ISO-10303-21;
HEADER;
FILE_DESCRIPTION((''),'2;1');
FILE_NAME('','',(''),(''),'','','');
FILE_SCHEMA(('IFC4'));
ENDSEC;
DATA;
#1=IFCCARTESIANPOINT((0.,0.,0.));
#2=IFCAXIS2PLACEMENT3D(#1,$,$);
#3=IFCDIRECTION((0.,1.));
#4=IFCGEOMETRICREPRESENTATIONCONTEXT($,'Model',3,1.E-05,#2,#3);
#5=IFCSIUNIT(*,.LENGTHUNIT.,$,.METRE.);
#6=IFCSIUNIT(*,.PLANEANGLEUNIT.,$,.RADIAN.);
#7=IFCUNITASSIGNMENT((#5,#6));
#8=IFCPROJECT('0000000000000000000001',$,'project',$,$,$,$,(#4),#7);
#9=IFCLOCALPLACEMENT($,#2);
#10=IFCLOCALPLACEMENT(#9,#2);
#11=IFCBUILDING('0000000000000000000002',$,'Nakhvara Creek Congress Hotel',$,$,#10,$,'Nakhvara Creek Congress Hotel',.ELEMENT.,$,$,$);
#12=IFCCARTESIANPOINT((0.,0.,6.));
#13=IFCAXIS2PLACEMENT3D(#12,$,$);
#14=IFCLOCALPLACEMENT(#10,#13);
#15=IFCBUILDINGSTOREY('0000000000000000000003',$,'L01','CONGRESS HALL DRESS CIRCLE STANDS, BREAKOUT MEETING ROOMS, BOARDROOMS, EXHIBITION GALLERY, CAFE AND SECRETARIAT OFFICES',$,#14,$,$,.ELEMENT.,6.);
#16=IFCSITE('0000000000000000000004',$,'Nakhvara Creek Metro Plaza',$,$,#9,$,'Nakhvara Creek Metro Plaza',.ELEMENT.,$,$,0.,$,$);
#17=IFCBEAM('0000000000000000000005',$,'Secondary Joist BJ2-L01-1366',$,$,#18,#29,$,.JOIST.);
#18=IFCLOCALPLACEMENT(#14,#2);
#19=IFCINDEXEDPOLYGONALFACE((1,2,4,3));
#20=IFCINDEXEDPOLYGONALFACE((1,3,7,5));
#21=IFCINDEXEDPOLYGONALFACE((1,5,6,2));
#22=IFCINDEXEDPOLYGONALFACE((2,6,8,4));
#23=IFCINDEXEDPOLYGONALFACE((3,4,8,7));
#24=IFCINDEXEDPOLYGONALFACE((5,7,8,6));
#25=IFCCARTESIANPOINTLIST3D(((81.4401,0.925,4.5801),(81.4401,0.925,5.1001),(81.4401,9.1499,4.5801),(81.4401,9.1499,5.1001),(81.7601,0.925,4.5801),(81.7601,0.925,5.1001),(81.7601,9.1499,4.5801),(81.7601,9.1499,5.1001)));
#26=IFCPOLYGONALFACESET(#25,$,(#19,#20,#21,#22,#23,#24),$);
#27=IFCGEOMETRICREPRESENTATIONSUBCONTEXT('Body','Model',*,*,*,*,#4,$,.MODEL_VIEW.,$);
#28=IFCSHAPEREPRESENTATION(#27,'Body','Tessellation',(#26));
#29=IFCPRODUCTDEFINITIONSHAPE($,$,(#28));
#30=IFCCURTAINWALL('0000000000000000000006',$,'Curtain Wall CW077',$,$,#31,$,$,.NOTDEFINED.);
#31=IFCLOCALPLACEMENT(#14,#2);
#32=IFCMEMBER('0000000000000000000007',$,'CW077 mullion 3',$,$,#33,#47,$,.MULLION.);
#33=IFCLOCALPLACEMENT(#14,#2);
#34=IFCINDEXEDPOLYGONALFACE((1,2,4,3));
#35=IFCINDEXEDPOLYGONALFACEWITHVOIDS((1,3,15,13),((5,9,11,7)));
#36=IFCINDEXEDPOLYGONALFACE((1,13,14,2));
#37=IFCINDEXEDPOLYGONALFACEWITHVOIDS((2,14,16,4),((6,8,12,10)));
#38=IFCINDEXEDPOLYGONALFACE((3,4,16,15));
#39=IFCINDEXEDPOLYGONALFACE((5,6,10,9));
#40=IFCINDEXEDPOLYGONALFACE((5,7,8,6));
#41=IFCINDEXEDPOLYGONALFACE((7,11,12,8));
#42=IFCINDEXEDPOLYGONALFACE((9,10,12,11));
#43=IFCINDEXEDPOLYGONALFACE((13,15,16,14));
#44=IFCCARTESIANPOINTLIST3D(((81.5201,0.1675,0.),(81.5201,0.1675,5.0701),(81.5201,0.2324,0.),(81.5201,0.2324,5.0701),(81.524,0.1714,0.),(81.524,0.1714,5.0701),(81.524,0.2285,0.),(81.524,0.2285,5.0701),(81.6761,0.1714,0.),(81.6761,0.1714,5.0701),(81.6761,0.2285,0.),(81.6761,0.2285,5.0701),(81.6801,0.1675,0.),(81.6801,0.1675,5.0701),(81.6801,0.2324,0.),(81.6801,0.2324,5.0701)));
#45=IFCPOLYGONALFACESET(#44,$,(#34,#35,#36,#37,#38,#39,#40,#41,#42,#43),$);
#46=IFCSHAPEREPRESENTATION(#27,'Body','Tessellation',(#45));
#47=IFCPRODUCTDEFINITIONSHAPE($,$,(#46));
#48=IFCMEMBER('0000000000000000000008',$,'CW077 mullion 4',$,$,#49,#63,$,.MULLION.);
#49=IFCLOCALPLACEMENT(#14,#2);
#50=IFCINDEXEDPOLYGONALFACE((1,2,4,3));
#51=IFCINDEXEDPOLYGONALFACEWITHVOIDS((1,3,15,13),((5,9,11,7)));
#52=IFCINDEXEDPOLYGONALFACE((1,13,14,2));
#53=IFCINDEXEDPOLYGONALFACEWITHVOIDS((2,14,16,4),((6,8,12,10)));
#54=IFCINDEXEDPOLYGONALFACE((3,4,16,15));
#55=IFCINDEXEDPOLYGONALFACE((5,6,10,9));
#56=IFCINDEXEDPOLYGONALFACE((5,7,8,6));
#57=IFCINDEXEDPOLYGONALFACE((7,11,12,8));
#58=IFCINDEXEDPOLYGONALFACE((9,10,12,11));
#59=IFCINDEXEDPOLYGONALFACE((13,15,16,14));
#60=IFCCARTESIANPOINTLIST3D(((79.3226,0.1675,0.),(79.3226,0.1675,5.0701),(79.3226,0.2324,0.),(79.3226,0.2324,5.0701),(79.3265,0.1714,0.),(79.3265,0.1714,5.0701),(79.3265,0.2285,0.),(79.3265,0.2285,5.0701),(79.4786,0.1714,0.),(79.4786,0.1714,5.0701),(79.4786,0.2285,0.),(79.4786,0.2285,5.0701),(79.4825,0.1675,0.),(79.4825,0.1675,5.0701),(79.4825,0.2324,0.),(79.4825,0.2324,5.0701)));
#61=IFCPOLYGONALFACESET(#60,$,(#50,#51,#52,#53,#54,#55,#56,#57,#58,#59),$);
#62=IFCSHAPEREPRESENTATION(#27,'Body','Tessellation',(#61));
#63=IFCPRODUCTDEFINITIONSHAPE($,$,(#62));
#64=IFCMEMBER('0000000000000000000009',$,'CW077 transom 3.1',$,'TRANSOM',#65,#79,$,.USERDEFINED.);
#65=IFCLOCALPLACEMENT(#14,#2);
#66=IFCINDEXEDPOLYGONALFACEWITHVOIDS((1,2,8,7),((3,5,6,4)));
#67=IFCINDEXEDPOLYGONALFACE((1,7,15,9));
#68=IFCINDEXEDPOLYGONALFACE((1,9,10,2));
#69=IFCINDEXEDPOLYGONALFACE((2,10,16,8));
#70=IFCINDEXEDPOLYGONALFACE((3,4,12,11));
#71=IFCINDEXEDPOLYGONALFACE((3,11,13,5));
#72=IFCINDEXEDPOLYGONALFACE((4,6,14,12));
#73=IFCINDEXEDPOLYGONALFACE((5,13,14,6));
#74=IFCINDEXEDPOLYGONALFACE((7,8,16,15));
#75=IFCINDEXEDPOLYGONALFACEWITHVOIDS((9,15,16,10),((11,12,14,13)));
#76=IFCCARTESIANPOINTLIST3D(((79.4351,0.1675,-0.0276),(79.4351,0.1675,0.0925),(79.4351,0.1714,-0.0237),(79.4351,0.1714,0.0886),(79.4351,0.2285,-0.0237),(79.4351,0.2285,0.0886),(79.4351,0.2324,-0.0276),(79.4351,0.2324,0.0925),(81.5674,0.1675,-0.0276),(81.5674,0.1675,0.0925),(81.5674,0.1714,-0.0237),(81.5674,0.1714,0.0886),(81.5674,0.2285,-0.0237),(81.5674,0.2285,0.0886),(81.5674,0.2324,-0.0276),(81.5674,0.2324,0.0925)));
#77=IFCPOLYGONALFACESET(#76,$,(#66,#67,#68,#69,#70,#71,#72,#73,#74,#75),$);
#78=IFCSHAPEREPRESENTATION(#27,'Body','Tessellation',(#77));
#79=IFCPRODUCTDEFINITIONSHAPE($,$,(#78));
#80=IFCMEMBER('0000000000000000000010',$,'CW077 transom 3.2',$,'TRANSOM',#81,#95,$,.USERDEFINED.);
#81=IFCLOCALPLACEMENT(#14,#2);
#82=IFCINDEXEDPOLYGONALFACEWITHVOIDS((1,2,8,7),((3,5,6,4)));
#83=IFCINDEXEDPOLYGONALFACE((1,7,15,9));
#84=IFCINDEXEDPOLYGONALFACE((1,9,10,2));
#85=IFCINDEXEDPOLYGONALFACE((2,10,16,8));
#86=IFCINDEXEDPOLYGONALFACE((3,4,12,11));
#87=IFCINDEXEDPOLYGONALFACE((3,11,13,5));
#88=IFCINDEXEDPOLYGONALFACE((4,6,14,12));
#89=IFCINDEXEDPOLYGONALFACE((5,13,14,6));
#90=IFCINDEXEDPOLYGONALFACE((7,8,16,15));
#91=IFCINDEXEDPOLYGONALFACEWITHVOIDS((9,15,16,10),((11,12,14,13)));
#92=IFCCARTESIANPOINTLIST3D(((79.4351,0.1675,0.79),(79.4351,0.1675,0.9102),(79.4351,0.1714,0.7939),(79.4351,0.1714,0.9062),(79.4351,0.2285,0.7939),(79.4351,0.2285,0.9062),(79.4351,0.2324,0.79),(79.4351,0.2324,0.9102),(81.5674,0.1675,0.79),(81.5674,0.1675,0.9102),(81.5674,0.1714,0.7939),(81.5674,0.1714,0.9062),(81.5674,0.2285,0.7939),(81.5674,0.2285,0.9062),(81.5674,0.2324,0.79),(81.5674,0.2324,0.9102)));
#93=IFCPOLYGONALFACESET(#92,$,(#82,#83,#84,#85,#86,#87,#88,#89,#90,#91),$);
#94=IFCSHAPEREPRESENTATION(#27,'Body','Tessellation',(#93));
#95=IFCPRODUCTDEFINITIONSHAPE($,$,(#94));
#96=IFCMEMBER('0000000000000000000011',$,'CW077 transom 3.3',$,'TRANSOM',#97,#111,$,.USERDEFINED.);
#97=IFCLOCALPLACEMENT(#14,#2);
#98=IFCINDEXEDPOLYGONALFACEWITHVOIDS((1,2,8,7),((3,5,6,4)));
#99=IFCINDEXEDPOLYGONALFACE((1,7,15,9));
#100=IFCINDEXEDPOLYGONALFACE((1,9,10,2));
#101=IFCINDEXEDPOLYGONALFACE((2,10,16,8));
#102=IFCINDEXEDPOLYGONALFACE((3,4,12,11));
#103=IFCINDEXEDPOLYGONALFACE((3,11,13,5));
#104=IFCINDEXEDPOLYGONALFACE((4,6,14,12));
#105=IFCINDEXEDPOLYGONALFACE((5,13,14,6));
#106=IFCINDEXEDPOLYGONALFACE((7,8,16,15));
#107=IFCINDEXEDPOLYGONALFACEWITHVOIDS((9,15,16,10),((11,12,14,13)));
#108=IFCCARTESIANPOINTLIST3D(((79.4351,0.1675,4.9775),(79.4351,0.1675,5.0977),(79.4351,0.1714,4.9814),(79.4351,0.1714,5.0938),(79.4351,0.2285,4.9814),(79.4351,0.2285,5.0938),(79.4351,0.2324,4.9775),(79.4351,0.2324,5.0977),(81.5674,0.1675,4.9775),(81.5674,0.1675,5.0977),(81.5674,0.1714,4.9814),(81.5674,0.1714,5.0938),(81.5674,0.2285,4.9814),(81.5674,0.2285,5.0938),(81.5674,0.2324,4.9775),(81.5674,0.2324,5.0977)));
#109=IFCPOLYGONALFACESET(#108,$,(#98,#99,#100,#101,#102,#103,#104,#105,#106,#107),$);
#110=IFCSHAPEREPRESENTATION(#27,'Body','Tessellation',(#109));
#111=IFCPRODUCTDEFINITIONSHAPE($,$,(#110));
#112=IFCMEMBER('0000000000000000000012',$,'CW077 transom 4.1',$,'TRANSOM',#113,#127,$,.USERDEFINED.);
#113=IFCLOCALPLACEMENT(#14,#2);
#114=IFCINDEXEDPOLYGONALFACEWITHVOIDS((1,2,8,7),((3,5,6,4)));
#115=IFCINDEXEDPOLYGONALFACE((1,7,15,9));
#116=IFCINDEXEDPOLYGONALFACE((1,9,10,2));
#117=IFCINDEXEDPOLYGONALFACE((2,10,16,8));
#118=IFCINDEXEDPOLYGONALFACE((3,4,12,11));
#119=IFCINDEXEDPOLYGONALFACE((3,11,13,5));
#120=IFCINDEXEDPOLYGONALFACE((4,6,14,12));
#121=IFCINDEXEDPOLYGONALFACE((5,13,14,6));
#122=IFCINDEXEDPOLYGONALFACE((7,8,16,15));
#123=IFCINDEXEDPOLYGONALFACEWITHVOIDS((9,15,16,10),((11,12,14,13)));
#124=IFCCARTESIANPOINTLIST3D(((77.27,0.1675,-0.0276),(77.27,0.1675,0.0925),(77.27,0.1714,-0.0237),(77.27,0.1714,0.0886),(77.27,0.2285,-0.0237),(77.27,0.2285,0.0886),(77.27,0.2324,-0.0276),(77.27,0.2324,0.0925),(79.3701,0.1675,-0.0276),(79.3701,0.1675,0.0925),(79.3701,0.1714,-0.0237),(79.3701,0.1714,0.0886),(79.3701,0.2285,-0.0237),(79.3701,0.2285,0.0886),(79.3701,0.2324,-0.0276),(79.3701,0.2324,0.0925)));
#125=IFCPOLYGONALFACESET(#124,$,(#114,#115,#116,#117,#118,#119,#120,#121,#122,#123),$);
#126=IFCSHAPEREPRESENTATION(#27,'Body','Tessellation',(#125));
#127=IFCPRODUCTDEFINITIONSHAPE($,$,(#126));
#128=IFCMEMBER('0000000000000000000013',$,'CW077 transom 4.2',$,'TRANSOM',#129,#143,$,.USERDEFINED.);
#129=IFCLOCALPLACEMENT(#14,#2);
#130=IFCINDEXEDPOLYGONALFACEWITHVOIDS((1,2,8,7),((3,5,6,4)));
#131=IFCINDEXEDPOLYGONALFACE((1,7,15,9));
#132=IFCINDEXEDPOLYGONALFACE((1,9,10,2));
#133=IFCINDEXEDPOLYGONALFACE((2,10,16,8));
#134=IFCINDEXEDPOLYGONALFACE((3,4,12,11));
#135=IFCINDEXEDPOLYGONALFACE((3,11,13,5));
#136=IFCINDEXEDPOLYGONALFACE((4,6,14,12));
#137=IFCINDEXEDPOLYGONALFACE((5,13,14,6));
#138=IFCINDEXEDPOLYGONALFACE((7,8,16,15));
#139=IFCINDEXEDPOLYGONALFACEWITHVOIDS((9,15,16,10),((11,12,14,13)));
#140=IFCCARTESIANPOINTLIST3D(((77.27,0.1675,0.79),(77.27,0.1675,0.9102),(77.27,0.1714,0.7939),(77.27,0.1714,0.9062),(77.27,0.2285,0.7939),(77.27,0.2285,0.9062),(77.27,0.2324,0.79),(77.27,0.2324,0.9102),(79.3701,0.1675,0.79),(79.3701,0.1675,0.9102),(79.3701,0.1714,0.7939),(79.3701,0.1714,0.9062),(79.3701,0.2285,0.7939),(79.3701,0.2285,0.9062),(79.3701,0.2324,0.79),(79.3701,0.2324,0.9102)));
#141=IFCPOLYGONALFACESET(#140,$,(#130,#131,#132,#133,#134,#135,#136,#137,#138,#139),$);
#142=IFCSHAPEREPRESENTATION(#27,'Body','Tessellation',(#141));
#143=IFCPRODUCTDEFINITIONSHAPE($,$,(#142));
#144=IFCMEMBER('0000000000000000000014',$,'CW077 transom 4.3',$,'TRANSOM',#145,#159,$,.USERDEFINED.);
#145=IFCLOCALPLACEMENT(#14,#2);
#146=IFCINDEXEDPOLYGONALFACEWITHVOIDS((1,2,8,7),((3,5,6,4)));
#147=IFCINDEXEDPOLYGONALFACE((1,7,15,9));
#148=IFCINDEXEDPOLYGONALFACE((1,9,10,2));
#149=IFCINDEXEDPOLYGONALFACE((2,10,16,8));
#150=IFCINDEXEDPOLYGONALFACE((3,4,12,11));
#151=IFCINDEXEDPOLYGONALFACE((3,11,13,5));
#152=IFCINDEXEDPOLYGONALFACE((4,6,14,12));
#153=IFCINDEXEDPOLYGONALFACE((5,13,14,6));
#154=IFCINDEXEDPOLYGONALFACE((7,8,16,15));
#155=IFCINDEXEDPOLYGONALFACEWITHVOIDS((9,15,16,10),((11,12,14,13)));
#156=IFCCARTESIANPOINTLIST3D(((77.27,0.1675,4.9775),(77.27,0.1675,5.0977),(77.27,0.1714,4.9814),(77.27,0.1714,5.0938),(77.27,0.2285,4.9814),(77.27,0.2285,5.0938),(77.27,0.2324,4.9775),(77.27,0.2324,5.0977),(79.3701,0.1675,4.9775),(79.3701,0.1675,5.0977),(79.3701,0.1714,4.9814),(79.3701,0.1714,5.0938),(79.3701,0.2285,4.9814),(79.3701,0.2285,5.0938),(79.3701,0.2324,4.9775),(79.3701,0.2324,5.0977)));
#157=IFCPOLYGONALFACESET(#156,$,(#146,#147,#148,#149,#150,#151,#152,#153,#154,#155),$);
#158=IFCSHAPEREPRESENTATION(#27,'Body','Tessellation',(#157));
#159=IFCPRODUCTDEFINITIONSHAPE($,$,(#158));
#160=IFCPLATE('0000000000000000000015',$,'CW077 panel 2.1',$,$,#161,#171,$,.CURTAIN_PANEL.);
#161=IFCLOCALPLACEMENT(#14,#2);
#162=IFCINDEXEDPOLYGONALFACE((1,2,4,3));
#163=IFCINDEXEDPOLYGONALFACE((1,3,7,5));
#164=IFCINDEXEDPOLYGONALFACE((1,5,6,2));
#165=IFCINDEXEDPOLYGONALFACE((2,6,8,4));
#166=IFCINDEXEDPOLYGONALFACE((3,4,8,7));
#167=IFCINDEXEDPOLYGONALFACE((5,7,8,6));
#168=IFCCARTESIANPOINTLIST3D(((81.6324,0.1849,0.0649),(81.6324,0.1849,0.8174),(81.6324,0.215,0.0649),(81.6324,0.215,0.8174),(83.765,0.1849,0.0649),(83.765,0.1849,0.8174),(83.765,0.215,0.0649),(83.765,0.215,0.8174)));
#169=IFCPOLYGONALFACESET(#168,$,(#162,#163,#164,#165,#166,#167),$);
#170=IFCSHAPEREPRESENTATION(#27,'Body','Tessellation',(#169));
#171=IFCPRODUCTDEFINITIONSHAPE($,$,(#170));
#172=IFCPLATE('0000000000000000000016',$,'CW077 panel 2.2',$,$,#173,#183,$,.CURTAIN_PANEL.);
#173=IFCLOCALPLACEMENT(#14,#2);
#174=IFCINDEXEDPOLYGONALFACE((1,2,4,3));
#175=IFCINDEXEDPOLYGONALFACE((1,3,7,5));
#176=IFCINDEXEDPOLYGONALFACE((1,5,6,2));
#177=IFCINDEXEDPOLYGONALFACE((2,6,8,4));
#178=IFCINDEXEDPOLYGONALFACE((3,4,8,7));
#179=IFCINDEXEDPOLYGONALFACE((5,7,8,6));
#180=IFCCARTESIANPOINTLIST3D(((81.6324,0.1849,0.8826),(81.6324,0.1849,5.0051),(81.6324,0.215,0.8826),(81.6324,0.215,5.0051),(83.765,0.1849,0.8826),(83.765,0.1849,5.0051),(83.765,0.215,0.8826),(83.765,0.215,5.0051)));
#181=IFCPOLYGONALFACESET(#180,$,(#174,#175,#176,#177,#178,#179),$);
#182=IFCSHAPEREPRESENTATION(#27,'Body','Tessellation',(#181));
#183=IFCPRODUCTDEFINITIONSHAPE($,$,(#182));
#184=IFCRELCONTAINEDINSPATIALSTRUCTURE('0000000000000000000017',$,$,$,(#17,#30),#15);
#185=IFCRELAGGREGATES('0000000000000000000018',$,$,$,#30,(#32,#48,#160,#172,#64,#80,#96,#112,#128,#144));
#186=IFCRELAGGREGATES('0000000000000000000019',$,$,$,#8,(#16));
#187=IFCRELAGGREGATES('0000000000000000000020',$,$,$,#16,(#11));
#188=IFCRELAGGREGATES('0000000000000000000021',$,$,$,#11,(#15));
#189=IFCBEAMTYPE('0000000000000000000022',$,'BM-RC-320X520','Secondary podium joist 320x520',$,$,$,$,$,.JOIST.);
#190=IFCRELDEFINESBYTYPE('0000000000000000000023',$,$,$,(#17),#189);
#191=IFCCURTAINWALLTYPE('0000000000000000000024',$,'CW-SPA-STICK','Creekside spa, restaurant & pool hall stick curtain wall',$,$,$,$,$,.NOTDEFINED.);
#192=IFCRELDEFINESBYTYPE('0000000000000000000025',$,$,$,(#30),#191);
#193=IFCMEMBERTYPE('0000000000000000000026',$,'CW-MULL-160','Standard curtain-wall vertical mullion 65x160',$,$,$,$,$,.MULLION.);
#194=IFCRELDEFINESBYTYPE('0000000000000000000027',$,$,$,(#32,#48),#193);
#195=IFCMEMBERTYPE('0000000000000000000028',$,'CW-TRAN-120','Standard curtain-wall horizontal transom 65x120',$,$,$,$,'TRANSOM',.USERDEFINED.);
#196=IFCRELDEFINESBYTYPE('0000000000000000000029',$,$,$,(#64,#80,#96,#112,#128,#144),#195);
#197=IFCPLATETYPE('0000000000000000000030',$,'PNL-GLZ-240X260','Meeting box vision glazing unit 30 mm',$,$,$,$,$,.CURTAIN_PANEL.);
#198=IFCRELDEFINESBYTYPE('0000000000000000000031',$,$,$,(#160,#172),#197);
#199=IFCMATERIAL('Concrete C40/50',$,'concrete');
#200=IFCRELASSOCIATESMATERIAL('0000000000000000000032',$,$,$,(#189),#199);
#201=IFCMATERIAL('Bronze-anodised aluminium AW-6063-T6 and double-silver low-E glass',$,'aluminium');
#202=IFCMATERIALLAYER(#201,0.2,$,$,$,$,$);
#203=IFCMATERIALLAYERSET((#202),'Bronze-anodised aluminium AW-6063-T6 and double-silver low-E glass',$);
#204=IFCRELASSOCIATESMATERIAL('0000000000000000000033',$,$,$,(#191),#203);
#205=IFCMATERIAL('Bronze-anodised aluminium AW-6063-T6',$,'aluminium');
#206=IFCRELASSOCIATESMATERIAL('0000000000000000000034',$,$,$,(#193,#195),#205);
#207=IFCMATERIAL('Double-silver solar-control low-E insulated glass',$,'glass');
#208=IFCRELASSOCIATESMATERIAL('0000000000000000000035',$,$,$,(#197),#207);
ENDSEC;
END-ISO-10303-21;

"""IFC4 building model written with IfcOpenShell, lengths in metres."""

from ifc_helpers import new_model, si_unit, direction, frame, origin, origin_2d, place, context, subcontext, project, spatial, rectangle, hollow_rectangle, extrude, material, layer, layer_set, material_profile, profile_set, type_object, element, aggregate, save


model = new_model("IFC4")

# Units and contexts
model_context = context("Model", 3, precision=1e-05, world=origin(), true_north=direction((0.0, 1.0)))
body_context = subcontext(model_context, "Body", "Model", "MODEL_VIEW")
ifc_project = project(units=[si_unit("LENGTHUNIT", "METRE"), si_unit("PLANEANGLEUNIT", "RADIAN")], contexts=[model_context])

# Site, building, storey
site_placement = place(None, origin())
site = spatial("IfcSite", under=ifc_project, at=site_placement, Name="Nakhvara Creek Metro Plaza", LongName="Nakhvara Creek Metro Plaza", CompositionType="ELEMENT", RefElevation=0.0)
building_placement = place(site_placement, origin())
building = spatial("IfcBuilding", under=site, at=building_placement, Name="Nakhvara Creek Congress Hotel", LongName="Nakhvara Creek Congress Hotel", CompositionType="ELEMENT")
storey_placement = place(building_placement, frame((0.0, 0.0, 6.0)))
storey = spatial("IfcBuildingStorey", under=building, at=storey_placement, Name="L01", Description="CONGRESS HALL DRESS CIRCLE STANDS, BREAKOUT MEETING ROOMS, BOARDROOMS, EXHIBITION GALLERY, CAFE AND SECRETARIAT OFFICES", CompositionType="ELEMENT", Elevation=6.0)

# Beam
ifc_material_1 = material(Name="Concrete C40/50", Category="concrete")
ifc_material_profile_1 = material_profile(ifc_material_1, rectangle(XDim=0.3201, YDim=0.52, at=origin_2d()), Name="RC-BM 320x520", Category="LoadBearing")
ifc_profile_set_1 = profile_set([ifc_material_profile_1], Name="Concrete C40/50")
beam_type = type_object("IfcBeamType", Name="BM-RC-320X520", Description="Secondary podium joist 320x520", PredefinedType="JOIST", material=ifc_profile_set_1)
beam_placement = place(storey_placement, frame((81.6001, 0.925, 4.8401), z_axis=(0.0, 1.0, 0.0), x_axis=(-1.0, 0.0, 0.0)))
element("IfcBeam", 1, at=beam_placement, inside=storey, type_object=beam_type, Name="Secondary Joist BJ2-L01-1366", PredefinedType="JOIST", context=body_context, shape_type="SweptSolid", body=[
    extrude(rectangle(XDim=0.3201, YDim=0.52, at=origin_2d()), origin(), (0.0, 0.0, 1.0), 8.2249),
])

# Curtain wall, members, plates
ifc_material_2 = material(Name="Bronze-anodised aluminium AW-6063-T6 and double-silver low-E glass", Category="aluminium")
ifc_layer_1 = layer(ifc_material_2, 0.2)
ifc_layer_set_1 = layer_set([ifc_layer_1], Name="Bronze-anodised aluminium AW-6063-T6 and double-silver low-E glass")
curtain_wall_type = type_object("IfcCurtainWallType", Name="CW-SPA-STICK", Description="Creekside spa, restaurant & pool hall stick curtain wall", PredefinedType="NOTDEFINED", material=ifc_layer_set_1)
curtain_wall_placement = place(storey_placement, origin())
curtain_wall = element("IfcCurtainWall", 2, at=curtain_wall_placement, inside=storey, type_object=curtain_wall_type, Name="Curtain Wall CW077", PredefinedType="NOTDEFINED")
ifc_material_3 = material(Name="Bronze-anodised aluminium AW-6063-T6", Category="aluminium")
ifc_material_profile_2 = material_profile(ifc_material_3, hollow_rectangle(XDim=0.0649, YDim=0.1599, WallThickness=0.0039, at=origin_2d()), Name="ALU-MULL 65x160x4", Category="LoadBearing")
ifc_profile_set_2 = profile_set([ifc_material_profile_2], Name="Bronze-anodised aluminium AW-6063-T6")
member_type_1 = type_object("IfcMemberType", Name="CW-MULL-160", Description="Standard curtain-wall vertical mullion 65x160", PredefinedType="MULLION", material=ifc_profile_set_2)
member_1_placement = place(storey_placement, frame((81.6001, 0.2, 0.0), z_axis=(0.0, 0.0, 1.0), x_axis=(0.0, -1.0, 0.0)))
member_1 = element("IfcMember", 3, at=member_1_placement, type_object=member_type_1, Name="CW077 mullion 3", PredefinedType="MULLION", context=body_context, shape_type="SweptSolid", body=[
    extrude(hollow_rectangle(XDim=0.0649, YDim=0.1599, WallThickness=0.0039, at=origin_2d()), origin(), (0.0, 0.0, 1.0), 5.0701),
])
member_2_placement = place(storey_placement, frame((79.4026, 0.2, 0.0), z_axis=(0.0, 0.0, 1.0), x_axis=(0.0, -1.0, 0.0)))
member_2 = element("IfcMember", 4, at=member_2_placement, type_object=member_type_1, Name="CW077 mullion 4", PredefinedType="MULLION", context=body_context, shape_type="SweptSolid", body=[
    extrude(hollow_rectangle(XDim=0.0649, YDim=0.1599, WallThickness=0.0039, at=origin_2d()), origin(), (0.0, 0.0, 1.0), 5.0701),
])
ifc_material_profile_3 = material_profile(ifc_material_3, hollow_rectangle(XDim=0.0649, YDim=0.1201, WallThickness=0.0039, at=origin_2d()), Name="ALU-TRAN 65x120x4", Category="LoadBearing")
ifc_profile_set_3 = profile_set([ifc_material_profile_3], Name="Bronze-anodised aluminium AW-6063-T6")
member_type_2 = type_object("IfcMemberType", Name="CW-TRAN-120", Description="Standard curtain-wall horizontal transom 65x120", ElementType="TRANSOM", PredefinedType="USERDEFINED", material=ifc_profile_set_3)
member_3_placement = place(storey_placement, frame((81.5674, 0.2, 0.0325), z_axis=(-1.0, 0.0, 0.0), x_axis=(0.0, -1.0, 0.0)))
member_3 = element("IfcMember", 5, at=member_3_placement, type_object=member_type_2, Name="CW077 transom 3.1", ObjectType="TRANSOM", PredefinedType="USERDEFINED", context=body_context, shape_type="SweptSolid", body=[
    extrude(hollow_rectangle(XDim=0.0649, YDim=0.1201, WallThickness=0.0039, at=origin_2d()), origin(), (0.0, 0.0, 1.0), 2.1323),
])
member_4_placement = place(storey_placement, frame((81.5674, 0.2, 0.8501), z_axis=(-1.0, 0.0, 0.0), x_axis=(0.0, -1.0, 0.0)))
member_4 = element("IfcMember", 6, at=member_4_placement, type_object=member_type_2, Name="CW077 transom 3.2", ObjectType="TRANSOM", PredefinedType="USERDEFINED", context=body_context, shape_type="SweptSolid", body=[
    extrude(hollow_rectangle(XDim=0.0649, YDim=0.1201, WallThickness=0.0039, at=origin_2d()), origin(), (0.0, 0.0, 1.0), 2.1323),
])
member_5_placement = place(storey_placement, frame((81.5674, 0.2, 5.0376), z_axis=(-1.0, 0.0, 0.0), x_axis=(0.0, -1.0, 0.0)))
member_5 = element("IfcMember", 7, at=member_5_placement, type_object=member_type_2, Name="CW077 transom 3.3", ObjectType="TRANSOM", PredefinedType="USERDEFINED", context=body_context, shape_type="SweptSolid", body=[
    extrude(hollow_rectangle(XDim=0.0649, YDim=0.1201, WallThickness=0.0039, at=origin_2d()), origin(), (0.0, 0.0, 1.0), 2.1323),
])
member_6_placement = place(storey_placement, frame((79.3701, 0.2, 0.0325), z_axis=(-1.0, 0.0, 0.0), x_axis=(0.0, -1.0, 0.0)))
member_6 = element("IfcMember", 8, at=member_6_placement, type_object=member_type_2, Name="CW077 transom 4.1", ObjectType="TRANSOM", PredefinedType="USERDEFINED", context=body_context, shape_type="SweptSolid", body=[
    extrude(hollow_rectangle(XDim=0.0649, YDim=0.1201, WallThickness=0.0039, at=origin_2d()), origin(), (0.0, 0.0, 1.0), 2.1001),
])
member_7_placement = place(storey_placement, frame((79.3701, 0.2, 0.8501), z_axis=(-1.0, 0.0, 0.0), x_axis=(0.0, -1.0, 0.0)))
member_7 = element("IfcMember", 9, at=member_7_placement, type_object=member_type_2, Name="CW077 transom 4.2", ObjectType="TRANSOM", PredefinedType="USERDEFINED", context=body_context, shape_type="SweptSolid", body=[
    extrude(hollow_rectangle(XDim=0.0649, YDim=0.1201, WallThickness=0.0039, at=origin_2d()), origin(), (0.0, 0.0, 1.0), 2.1001),
])
member_8_placement = place(storey_placement, frame((79.3701, 0.2, 5.0376), z_axis=(-1.0, 0.0, 0.0), x_axis=(0.0, -1.0, 0.0)))
member_8 = element("IfcMember", 10, at=member_8_placement, type_object=member_type_2, Name="CW077 transom 4.3", ObjectType="TRANSOM", PredefinedType="USERDEFINED", context=body_context, shape_type="SweptSolid", body=[
    extrude(hollow_rectangle(XDim=0.0649, YDim=0.1201, WallThickness=0.0039, at=origin_2d()), origin(), (0.0, 0.0, 1.0), 2.1001),
])
ifc_material_4 = material(Name="Double-silver solar-control low-E insulated glass", Category="glass")
plate_type = type_object("IfcPlateType", Name="PNL-GLZ-240X260", Description="Meeting box vision glazing unit 30 mm", PredefinedType="CURTAIN_PANEL", material=ifc_material_4)
plate_1_placement = place(storey_placement, frame((82.6987, 0.2, 0.0649), z_axis=(0.0, 0.0, 1.0), x_axis=(-1.0, 0.0, 0.0)))
plate_1 = element("IfcPlate", 11, at=plate_1_placement, type_object=plate_type, Name="CW077 panel 2.1", PredefinedType="CURTAIN_PANEL", context=body_context, shape_type="SweptSolid", body=[
    extrude(rectangle(XDim=2.1326, YDim=0.03, at=origin_2d()), origin(), (0.0, 0.0, 1.0), 0.7524),
])
plate_2_placement = place(storey_placement, frame((82.6987, 0.2, 0.8826), z_axis=(0.0, 0.0, 1.0), x_axis=(-1.0, 0.0, 0.0)))
plate_2 = element("IfcPlate", 12, at=plate_2_placement, type_object=plate_type, Name="CW077 panel 2.2", PredefinedType="CURTAIN_PANEL", context=body_context, shape_type="SweptSolid", body=[
    extrude(rectangle(XDim=2.1326, YDim=0.03, at=origin_2d()), origin(), (0.0, 0.0, 1.0), 4.1226),
])
aggregate(curtain_wall, [member_1, member_2, plate_1, plate_2, member_3, member_4, member_5, member_6, member_7, member_8])

save(model, "model.ifc")
